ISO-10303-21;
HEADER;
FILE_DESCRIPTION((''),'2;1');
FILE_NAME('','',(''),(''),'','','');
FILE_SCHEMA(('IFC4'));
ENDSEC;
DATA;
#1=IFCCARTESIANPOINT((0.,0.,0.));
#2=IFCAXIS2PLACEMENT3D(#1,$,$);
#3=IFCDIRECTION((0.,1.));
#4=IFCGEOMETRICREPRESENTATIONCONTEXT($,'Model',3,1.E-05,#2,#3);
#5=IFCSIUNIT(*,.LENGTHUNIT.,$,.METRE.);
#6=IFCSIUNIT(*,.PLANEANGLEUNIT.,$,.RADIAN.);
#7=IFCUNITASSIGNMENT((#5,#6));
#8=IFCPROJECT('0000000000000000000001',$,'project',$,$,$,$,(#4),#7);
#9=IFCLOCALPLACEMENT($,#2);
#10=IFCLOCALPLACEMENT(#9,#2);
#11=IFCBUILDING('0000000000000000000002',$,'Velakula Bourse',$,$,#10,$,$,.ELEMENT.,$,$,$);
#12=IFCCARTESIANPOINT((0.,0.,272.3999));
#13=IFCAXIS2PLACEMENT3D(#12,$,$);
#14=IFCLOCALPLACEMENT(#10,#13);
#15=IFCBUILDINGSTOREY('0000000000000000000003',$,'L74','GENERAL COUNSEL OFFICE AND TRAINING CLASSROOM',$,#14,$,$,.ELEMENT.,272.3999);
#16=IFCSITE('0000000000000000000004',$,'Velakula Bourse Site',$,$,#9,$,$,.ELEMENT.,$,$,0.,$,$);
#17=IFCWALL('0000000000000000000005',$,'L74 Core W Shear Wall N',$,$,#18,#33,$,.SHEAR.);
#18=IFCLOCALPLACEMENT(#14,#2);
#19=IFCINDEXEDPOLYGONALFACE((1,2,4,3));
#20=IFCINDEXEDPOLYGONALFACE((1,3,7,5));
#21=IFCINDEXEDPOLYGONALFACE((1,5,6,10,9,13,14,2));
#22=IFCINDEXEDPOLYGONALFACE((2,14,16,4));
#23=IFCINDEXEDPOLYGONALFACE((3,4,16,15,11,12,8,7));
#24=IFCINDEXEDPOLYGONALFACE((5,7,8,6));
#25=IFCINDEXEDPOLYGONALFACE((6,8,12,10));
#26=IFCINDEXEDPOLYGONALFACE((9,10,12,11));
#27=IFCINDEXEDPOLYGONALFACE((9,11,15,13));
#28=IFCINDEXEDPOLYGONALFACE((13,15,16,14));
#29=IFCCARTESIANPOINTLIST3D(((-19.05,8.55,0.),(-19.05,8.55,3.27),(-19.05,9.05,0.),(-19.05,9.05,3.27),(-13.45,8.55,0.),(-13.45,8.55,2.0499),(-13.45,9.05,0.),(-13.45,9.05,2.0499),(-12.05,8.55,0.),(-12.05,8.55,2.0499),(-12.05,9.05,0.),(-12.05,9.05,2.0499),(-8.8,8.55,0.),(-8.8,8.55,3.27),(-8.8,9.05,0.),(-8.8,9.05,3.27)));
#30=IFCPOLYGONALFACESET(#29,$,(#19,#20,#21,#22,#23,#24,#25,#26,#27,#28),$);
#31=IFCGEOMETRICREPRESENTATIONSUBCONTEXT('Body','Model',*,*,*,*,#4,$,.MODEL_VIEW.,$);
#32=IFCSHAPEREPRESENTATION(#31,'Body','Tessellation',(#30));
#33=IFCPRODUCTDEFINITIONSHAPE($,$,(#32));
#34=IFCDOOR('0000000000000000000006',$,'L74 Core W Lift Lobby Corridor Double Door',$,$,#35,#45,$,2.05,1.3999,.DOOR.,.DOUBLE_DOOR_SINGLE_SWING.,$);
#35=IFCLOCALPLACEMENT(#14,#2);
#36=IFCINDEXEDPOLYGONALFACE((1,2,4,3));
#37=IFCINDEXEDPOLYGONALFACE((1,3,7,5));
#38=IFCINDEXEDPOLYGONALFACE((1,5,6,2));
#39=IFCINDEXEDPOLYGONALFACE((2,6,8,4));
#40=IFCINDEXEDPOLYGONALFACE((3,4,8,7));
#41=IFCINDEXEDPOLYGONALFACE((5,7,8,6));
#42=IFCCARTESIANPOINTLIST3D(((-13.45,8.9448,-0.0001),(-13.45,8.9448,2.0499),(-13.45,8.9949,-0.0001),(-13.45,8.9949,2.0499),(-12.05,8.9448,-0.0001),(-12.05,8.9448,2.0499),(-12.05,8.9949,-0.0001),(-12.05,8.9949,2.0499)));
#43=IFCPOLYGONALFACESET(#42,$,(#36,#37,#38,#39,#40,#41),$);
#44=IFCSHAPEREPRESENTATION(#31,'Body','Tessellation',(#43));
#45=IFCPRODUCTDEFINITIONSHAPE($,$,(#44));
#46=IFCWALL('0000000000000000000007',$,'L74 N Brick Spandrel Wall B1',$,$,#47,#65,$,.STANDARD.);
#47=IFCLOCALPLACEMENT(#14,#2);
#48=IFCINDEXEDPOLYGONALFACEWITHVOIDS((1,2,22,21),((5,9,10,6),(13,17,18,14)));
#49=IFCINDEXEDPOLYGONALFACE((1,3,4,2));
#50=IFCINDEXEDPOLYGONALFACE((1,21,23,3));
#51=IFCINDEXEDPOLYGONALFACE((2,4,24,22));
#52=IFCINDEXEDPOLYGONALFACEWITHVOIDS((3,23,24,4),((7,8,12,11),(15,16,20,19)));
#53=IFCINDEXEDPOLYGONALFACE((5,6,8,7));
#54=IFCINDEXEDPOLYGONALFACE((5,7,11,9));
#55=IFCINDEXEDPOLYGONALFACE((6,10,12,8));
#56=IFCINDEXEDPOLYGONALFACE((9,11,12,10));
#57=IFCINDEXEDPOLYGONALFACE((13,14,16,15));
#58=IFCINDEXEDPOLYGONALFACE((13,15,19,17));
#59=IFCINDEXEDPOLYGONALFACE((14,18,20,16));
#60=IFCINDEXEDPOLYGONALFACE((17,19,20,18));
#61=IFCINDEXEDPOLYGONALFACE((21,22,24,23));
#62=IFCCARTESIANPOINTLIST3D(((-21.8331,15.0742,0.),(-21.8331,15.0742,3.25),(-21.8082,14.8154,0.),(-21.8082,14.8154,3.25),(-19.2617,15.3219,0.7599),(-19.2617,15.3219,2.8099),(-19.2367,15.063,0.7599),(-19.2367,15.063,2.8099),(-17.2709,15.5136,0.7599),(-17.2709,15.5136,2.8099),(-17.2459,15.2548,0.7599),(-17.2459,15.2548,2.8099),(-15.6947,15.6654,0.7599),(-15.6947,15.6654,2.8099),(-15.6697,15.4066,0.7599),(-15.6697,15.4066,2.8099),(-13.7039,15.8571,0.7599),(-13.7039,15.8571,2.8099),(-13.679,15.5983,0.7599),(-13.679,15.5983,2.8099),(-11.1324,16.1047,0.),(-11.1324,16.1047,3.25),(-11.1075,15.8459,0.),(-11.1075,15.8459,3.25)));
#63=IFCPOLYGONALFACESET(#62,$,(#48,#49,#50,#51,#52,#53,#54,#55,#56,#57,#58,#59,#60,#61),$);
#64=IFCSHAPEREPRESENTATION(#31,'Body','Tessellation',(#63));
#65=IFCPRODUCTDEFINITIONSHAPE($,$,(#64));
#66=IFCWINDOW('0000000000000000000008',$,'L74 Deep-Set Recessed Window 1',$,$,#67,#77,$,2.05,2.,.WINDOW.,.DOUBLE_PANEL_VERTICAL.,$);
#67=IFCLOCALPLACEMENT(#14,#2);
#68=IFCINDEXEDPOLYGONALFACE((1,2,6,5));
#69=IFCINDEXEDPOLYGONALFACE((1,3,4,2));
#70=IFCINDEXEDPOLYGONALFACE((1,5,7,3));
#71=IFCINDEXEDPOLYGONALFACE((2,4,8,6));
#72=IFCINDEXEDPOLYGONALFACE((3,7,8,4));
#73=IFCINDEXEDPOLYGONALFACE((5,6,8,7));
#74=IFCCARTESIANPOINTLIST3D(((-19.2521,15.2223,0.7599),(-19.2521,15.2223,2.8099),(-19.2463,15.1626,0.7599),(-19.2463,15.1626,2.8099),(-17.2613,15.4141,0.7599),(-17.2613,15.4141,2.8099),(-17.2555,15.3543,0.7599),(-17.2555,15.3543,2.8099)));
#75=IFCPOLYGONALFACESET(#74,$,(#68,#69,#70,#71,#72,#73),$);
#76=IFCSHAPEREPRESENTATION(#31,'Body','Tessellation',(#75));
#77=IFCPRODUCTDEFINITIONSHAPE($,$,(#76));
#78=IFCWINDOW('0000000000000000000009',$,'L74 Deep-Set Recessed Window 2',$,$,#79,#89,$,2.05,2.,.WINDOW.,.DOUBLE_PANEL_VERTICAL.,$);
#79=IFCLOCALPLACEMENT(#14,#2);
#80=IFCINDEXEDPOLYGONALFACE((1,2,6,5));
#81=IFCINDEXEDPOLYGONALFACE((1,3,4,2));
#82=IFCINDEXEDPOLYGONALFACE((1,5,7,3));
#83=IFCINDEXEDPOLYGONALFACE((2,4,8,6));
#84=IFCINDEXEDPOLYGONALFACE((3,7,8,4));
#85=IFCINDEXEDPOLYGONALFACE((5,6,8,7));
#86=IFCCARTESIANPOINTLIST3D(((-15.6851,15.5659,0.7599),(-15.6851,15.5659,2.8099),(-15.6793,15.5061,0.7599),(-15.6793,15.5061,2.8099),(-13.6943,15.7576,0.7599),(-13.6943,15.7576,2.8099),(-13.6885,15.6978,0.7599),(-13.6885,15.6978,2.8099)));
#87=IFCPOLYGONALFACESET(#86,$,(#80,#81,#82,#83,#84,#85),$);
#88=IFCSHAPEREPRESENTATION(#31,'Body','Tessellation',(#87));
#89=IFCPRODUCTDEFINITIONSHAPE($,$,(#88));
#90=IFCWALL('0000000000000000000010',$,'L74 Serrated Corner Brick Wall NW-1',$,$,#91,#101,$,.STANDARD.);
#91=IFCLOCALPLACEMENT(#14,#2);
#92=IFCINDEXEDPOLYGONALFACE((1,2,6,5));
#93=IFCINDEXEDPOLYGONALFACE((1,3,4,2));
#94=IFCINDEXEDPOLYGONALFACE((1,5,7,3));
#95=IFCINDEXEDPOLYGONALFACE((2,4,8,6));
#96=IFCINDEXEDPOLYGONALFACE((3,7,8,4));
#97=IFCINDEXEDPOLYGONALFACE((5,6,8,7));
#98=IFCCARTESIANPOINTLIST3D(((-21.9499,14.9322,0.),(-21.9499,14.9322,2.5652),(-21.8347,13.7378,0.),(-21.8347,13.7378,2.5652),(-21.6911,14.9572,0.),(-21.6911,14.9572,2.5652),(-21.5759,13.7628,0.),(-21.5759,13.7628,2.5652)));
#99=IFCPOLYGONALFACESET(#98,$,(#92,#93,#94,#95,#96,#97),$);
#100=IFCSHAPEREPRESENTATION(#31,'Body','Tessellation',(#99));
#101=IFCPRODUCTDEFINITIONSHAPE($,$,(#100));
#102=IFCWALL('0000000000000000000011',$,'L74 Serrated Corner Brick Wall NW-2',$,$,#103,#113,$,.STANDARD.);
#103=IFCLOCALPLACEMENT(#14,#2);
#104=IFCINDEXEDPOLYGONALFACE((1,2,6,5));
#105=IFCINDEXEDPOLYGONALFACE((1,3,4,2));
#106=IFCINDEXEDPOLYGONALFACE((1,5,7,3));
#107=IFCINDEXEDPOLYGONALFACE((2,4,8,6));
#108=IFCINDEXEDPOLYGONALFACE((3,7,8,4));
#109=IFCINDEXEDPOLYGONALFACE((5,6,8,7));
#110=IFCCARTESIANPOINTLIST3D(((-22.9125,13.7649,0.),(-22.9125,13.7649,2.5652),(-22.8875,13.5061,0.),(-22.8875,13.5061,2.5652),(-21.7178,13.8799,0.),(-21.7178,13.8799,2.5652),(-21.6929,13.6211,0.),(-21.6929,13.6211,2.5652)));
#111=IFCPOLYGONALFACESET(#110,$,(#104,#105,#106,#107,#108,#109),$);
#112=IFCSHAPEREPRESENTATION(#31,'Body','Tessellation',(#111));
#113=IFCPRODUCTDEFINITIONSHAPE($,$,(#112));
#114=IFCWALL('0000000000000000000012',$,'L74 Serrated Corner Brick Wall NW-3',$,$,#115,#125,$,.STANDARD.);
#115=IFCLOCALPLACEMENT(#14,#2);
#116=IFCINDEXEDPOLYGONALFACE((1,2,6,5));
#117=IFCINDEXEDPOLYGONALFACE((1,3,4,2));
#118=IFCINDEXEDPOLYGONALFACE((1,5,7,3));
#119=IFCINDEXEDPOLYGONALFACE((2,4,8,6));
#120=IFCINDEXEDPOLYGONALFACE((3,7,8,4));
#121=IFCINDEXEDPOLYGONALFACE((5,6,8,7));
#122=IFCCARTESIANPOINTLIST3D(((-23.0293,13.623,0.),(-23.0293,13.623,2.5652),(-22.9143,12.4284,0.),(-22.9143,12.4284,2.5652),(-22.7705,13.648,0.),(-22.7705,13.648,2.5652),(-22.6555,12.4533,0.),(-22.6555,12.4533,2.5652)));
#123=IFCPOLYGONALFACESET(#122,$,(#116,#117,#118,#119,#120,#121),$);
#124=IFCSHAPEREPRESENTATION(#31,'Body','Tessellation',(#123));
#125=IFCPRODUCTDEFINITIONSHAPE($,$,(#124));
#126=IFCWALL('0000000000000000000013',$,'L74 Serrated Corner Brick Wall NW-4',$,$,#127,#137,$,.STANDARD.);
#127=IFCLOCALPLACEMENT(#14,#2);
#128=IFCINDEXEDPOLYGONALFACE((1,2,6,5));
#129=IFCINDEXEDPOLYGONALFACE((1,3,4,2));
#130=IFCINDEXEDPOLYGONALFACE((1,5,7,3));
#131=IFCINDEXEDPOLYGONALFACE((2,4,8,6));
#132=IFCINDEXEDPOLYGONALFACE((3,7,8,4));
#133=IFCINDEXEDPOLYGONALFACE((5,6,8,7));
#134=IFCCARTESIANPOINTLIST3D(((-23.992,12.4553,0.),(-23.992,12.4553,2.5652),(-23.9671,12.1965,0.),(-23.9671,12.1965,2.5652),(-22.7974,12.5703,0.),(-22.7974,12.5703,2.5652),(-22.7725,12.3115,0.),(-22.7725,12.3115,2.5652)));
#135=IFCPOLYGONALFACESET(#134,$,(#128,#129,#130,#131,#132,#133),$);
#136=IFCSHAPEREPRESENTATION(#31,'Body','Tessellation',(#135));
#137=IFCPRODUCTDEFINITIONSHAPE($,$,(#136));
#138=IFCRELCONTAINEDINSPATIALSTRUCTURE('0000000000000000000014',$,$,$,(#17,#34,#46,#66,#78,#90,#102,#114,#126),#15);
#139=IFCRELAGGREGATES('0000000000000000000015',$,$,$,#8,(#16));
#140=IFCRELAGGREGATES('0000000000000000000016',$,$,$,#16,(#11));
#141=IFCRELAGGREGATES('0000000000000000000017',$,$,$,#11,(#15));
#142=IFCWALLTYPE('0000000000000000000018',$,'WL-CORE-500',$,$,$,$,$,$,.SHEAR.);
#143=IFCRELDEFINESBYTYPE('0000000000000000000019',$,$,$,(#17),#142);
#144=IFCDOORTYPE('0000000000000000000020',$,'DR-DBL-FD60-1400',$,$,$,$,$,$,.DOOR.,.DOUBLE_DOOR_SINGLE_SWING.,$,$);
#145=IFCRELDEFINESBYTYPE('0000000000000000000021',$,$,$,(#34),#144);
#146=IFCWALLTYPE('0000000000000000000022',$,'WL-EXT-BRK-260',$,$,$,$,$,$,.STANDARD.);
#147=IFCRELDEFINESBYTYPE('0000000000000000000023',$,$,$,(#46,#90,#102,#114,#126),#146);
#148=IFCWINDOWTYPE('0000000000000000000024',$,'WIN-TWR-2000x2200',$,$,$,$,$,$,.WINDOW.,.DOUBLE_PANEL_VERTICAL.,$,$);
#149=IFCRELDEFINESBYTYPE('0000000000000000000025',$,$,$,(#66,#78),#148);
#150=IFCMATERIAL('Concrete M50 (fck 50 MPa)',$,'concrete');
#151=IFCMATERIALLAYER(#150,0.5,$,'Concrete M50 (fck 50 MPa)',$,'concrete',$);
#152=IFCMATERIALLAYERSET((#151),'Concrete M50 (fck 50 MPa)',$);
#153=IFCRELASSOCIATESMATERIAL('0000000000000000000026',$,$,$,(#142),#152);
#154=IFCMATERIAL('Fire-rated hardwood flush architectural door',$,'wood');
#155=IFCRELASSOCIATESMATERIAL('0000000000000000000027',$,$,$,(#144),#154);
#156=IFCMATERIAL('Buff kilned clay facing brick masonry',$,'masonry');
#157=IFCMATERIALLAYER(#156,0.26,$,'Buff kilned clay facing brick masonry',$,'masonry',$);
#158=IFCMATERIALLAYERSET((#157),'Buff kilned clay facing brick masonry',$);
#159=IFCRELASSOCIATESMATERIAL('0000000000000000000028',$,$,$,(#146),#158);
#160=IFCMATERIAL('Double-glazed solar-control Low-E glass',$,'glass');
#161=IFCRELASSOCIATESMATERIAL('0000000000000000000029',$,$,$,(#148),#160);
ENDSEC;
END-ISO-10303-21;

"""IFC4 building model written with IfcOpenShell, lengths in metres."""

from ifc_helpers import new_model, si_unit, direction, frame, frame_2d, origin, place, context, subcontext, project, spatial, rectangle, extrude, material, layer, layer_set, type_object, element, fill, save


model = new_model("IFC4")

# Units and contexts
model_context = context("Model", 3, precision=1e-05, world=origin(), true_north=direction((0.0, 1.0)))
body_context = subcontext(model_context, "Body", "Model", "MODEL_VIEW")
ifc_project = project(units=[si_unit("LENGTHUNIT", "METRE"), si_unit("PLANEANGLEUNIT", "RADIAN")], contexts=[model_context])

# Site, building, storey
site_placement = place(None, origin())
site = spatial("IfcSite", under=ifc_project, at=site_placement, Name="Velakula Bourse Site", CompositionType="ELEMENT", RefElevation=0.0)
building_placement = place(site_placement, origin())
building = spatial("IfcBuilding", under=site, at=building_placement, Name="Velakula Bourse", CompositionType="ELEMENT")
storey_placement = place(building_placement, frame((0.0, 0.0, 272.3999)))
storey = spatial("IfcBuildingStorey", under=building, at=storey_placement, Name="L74", Description="GENERAL COUNSEL OFFICE AND TRAINING CLASSROOM", CompositionType="ELEMENT", Elevation=272.3999)

# Wall, opening, door
ifc_material_1 = material(Name="Concrete M50 (fck 50 MPa)", Category="concrete")
ifc_layer_1 = layer(ifc_material_1, 0.5, Name="Concrete M50 (fck 50 MPa)", Category="concrete")
ifc_layer_set_1 = layer_set([ifc_layer_1], Name="Concrete M50 (fck 50 MPa)")
wall_type_1 = type_object("IfcWallType", Name="WL-CORE-500", PredefinedType="SHEAR", material=ifc_layer_set_1)
wall_1_placement = place(storey_placement, frame((-19.05, 8.8, 0.0), z_axis=(0.0, 0.0, 1.0), x_axis=(1.0, 0.0, 0.0)))
wall_1 = element("IfcWall", 1, at=wall_1_placement, inside=storey, type_object=wall_type_1, Name="L74 Core W Shear Wall N", PredefinedType="SHEAR", context=body_context, shape_type="SweptSolid", body=[
    extrude(rectangle(XDim=10.25, YDim=0.5, at=frame_2d((5.125, 0.0))), origin(), (0.0, 0.0, 1.0), 3.27),
])
opening_1_placement = place(wall_1_placement, frame((5.6001, 0.0, 0.0)))
opening_1 = element("IfcOpeningElement", 2, at=opening_1_placement, cuts=wall_1, PredefinedType="OPENING", context=body_context, shape_type="SweptSolid", body=[
    extrude(rectangle(XDim=1.3999, YDim=2.05, at=frame_2d((0.7, 1.0249))), frame((0.0, 0.26, 0.0), z_axis=(0.0, -1.0, 0.0), x_axis=(1.0, 0.0, 0.0)), (0.0, 0.0, 1.0), 0.52),
])
ifc_material_2 = material(Name="Fire-rated hardwood flush architectural door", Category="wood")
door_type_1 = type_object("IfcDoorType", Name="DR-DBL-FD60-1400", OperationType="DOUBLE_DOOR_SINGLE_SWING", PredefinedType="DOOR", material=ifc_material_2)
door_1_placement = place(opening_1_placement, origin())
door_1 = element("IfcDoor", 3, at=door_1_placement, inside=storey, type_object=door_type_1, Name="L74 Core W Lift Lobby Corridor Double Door", OperationType="DOUBLE_DOOR_SINGLE_SWING", OverallHeight=2.05, OverallWidth=1.3999, PredefinedType="DOOR", context=body_context, shape_type="SweptSolid", body=[
    extrude(rectangle(XDim=1.3999, YDim=2.05, at=frame_2d((0.7, 1.0249))), frame((0.0, 0.1948, 0.0), z_axis=(0.0, -1.0, 0.0), x_axis=(1.0, 0.0, 0.0)), (0.0, 0.0, 1.0), 0.05),
])
fill(opening_1, door_1)

# Wall, openings, windows
ifc_material_3 = material(Name="Buff kilned clay facing brick masonry", Category="masonry")
ifc_layer_2 = layer(ifc_material_3, 0.26, Name="Buff kilned clay facing brick masonry", Category="masonry")
ifc_layer_set_2 = layer_set([ifc_layer_2], Name="Buff kilned clay facing brick masonry")
wall_type_2 = type_object("IfcWallType", Name="WL-EXT-BRK-260", PredefinedType="STANDARD", material=ifc_layer_set_2)
wall_2_placement = place(storey_placement, frame((-21.8206, 14.9448, 0.0), z_axis=(0.0, 0.0, 1.0), x_axis=(0.995395, 0.09586, 0.0)))
wall_2 = element("IfcWall", 4, at=wall_2_placement, inside=storey, type_object=wall_type_2, Name="L74 N Brick Spandrel Wall B1", PredefinedType="STANDARD", context=body_context, shape_type="SweptSolid", body=[
    extrude(rectangle(XDim=10.7502, YDim=0.26, at=frame_2d((5.375, 0.0))), origin(), (0.0, 0.0, 1.0), 3.25),
])
opening_2_placement = place(wall_2_placement, frame((2.5833, 0.0, 0.76)))
opening_2 = element("IfcOpeningElement", 5, at=opening_2_placement, cuts=wall_2, PredefinedType="OPENING", context=body_context, shape_type="SweptSolid", body=[
    extrude(rectangle(XDim=2.0, YDim=2.05, at=frame_2d((1.0, 1.0249))), frame((0.0, 0.1399, 0.0), z_axis=(0.0, -1.0, 0.0), x_axis=(1.0, 0.0, 0.0)), (0.0, 0.0, 1.0), 0.28),
])
opening_3_placement = place(wall_2_placement, frame((6.1667, 0.0, 0.76)))
opening_3 = element("IfcOpeningElement", 6, at=opening_3_placement, cuts=wall_2, PredefinedType="OPENING", context=body_context, shape_type="SweptSolid", body=[
    extrude(rectangle(XDim=2.0, YDim=2.05, at=frame_2d((1.0, 1.0249))), frame((0.0, 0.1399, 0.0), z_axis=(0.0, -1.0, 0.0), x_axis=(1.0, 0.0, 0.0)), (0.0, 0.0, 1.0), 0.28),
])
ifc_material_4 = material(Name="Double-glazed solar-control Low-E glass", Category="glass")
window_type = type_object("IfcWindowType", Name="WIN-TWR-2000x2200", PartitioningType="DOUBLE_PANEL_VERTICAL", PredefinedType="WINDOW", material=ifc_material_4)
window_1_placement = place(opening_2_placement, origin())
window_1 = element("IfcWindow", 7, at=window_1_placement, inside=storey, type_object=window_type, Name="L74 Deep-Set Recessed Window 1", OverallHeight=2.05, OverallWidth=2.0, PartitioningType="DOUBLE_PANEL_VERTICAL", PredefinedType="WINDOW", context=body_context, shape_type="SweptSolid", body=[
    extrude(rectangle(XDim=2.0, YDim=2.05, at=frame_2d((1.0, 1.0249))), frame((0.0, 0.03, 0.0), z_axis=(0.0, -1.0, 0.0), x_axis=(1.0, 0.0, 0.0)), (0.0, 0.0, 1.0), 0.0601),
])
fill(opening_2, window_1)
window_2_placement = place(opening_3_placement, origin())
window_2 = element("IfcWindow", 8, at=window_2_placement, inside=storey, type_object=window_type, Name="L74 Deep-Set Recessed Window 2", OverallHeight=2.05, OverallWidth=2.0, PartitioningType="DOUBLE_PANEL_VERTICAL", PredefinedType="WINDOW", context=body_context, shape_type="SweptSolid", body=[
    extrude(rectangle(XDim=2.0, YDim=2.05, at=frame_2d((1.0, 1.0249))), frame((0.0, 0.03, 0.0), z_axis=(0.0, -1.0, 0.0), x_axis=(1.0, 0.0, 0.0)), (0.0, 0.0, 1.0), 0.0601),
])
fill(opening_3, window_2)

# Walls
wall_3_placement = place(storey_placement, frame((-21.8206, 14.9448, 0.0), z_axis=(0.0, 0.0, 1.0), x_axis=(0.096038, -0.995378, 0.0)))
element("IfcWall", 9, at=wall_3_placement, inside=storey, type_object=wall_type_2, Name="L74 Serrated Corner Brick Wall NW-1", PredefinedType="STANDARD", context=body_context, shape_type="SweptSolid", body=[
    extrude(rectangle(XDim=1.2, YDim=0.26, at=frame_2d((0.6001, 0.0))), origin(), (0.0, 0.0, 1.0), 2.5652),
])
for number, where, z_axis, x_axis, name in (
    (10, (-21.7053, 13.7505, 0.0), (0.0, 0.0, 1.0), (-0.995399, -0.095817, 0.0), "L74 Serrated Corner Brick Wall NW-2"),
    (11, (-22.8999, 13.6355, 0.0), (0.0, 0.0, 1.0), (0.095817, -0.995399, 0.0), "L74 Serrated Corner Brick Wall NW-3"),
    (12, (-22.7849, 12.4409, 0.0), (0.0, 0.0, 1.0), (-0.995399, -0.095817, 0.0), "L74 Serrated Corner Brick Wall NW-4"),
):
    element("IfcWall", number, at=place(storey_placement, frame(where, z_axis=z_axis, x_axis=x_axis)), inside=storey, type_object=wall_type_2, Name=name, PredefinedType="STANDARD", context=body_context, shape_type="SweptSolid", body=[
        extrude(rectangle(XDim=1.2002, YDim=0.26, at=frame_2d((0.6001, 0.0))), origin(), (0.0, 0.0, 1.0), 2.5652),
    ])

save(model, "model.ifc")
